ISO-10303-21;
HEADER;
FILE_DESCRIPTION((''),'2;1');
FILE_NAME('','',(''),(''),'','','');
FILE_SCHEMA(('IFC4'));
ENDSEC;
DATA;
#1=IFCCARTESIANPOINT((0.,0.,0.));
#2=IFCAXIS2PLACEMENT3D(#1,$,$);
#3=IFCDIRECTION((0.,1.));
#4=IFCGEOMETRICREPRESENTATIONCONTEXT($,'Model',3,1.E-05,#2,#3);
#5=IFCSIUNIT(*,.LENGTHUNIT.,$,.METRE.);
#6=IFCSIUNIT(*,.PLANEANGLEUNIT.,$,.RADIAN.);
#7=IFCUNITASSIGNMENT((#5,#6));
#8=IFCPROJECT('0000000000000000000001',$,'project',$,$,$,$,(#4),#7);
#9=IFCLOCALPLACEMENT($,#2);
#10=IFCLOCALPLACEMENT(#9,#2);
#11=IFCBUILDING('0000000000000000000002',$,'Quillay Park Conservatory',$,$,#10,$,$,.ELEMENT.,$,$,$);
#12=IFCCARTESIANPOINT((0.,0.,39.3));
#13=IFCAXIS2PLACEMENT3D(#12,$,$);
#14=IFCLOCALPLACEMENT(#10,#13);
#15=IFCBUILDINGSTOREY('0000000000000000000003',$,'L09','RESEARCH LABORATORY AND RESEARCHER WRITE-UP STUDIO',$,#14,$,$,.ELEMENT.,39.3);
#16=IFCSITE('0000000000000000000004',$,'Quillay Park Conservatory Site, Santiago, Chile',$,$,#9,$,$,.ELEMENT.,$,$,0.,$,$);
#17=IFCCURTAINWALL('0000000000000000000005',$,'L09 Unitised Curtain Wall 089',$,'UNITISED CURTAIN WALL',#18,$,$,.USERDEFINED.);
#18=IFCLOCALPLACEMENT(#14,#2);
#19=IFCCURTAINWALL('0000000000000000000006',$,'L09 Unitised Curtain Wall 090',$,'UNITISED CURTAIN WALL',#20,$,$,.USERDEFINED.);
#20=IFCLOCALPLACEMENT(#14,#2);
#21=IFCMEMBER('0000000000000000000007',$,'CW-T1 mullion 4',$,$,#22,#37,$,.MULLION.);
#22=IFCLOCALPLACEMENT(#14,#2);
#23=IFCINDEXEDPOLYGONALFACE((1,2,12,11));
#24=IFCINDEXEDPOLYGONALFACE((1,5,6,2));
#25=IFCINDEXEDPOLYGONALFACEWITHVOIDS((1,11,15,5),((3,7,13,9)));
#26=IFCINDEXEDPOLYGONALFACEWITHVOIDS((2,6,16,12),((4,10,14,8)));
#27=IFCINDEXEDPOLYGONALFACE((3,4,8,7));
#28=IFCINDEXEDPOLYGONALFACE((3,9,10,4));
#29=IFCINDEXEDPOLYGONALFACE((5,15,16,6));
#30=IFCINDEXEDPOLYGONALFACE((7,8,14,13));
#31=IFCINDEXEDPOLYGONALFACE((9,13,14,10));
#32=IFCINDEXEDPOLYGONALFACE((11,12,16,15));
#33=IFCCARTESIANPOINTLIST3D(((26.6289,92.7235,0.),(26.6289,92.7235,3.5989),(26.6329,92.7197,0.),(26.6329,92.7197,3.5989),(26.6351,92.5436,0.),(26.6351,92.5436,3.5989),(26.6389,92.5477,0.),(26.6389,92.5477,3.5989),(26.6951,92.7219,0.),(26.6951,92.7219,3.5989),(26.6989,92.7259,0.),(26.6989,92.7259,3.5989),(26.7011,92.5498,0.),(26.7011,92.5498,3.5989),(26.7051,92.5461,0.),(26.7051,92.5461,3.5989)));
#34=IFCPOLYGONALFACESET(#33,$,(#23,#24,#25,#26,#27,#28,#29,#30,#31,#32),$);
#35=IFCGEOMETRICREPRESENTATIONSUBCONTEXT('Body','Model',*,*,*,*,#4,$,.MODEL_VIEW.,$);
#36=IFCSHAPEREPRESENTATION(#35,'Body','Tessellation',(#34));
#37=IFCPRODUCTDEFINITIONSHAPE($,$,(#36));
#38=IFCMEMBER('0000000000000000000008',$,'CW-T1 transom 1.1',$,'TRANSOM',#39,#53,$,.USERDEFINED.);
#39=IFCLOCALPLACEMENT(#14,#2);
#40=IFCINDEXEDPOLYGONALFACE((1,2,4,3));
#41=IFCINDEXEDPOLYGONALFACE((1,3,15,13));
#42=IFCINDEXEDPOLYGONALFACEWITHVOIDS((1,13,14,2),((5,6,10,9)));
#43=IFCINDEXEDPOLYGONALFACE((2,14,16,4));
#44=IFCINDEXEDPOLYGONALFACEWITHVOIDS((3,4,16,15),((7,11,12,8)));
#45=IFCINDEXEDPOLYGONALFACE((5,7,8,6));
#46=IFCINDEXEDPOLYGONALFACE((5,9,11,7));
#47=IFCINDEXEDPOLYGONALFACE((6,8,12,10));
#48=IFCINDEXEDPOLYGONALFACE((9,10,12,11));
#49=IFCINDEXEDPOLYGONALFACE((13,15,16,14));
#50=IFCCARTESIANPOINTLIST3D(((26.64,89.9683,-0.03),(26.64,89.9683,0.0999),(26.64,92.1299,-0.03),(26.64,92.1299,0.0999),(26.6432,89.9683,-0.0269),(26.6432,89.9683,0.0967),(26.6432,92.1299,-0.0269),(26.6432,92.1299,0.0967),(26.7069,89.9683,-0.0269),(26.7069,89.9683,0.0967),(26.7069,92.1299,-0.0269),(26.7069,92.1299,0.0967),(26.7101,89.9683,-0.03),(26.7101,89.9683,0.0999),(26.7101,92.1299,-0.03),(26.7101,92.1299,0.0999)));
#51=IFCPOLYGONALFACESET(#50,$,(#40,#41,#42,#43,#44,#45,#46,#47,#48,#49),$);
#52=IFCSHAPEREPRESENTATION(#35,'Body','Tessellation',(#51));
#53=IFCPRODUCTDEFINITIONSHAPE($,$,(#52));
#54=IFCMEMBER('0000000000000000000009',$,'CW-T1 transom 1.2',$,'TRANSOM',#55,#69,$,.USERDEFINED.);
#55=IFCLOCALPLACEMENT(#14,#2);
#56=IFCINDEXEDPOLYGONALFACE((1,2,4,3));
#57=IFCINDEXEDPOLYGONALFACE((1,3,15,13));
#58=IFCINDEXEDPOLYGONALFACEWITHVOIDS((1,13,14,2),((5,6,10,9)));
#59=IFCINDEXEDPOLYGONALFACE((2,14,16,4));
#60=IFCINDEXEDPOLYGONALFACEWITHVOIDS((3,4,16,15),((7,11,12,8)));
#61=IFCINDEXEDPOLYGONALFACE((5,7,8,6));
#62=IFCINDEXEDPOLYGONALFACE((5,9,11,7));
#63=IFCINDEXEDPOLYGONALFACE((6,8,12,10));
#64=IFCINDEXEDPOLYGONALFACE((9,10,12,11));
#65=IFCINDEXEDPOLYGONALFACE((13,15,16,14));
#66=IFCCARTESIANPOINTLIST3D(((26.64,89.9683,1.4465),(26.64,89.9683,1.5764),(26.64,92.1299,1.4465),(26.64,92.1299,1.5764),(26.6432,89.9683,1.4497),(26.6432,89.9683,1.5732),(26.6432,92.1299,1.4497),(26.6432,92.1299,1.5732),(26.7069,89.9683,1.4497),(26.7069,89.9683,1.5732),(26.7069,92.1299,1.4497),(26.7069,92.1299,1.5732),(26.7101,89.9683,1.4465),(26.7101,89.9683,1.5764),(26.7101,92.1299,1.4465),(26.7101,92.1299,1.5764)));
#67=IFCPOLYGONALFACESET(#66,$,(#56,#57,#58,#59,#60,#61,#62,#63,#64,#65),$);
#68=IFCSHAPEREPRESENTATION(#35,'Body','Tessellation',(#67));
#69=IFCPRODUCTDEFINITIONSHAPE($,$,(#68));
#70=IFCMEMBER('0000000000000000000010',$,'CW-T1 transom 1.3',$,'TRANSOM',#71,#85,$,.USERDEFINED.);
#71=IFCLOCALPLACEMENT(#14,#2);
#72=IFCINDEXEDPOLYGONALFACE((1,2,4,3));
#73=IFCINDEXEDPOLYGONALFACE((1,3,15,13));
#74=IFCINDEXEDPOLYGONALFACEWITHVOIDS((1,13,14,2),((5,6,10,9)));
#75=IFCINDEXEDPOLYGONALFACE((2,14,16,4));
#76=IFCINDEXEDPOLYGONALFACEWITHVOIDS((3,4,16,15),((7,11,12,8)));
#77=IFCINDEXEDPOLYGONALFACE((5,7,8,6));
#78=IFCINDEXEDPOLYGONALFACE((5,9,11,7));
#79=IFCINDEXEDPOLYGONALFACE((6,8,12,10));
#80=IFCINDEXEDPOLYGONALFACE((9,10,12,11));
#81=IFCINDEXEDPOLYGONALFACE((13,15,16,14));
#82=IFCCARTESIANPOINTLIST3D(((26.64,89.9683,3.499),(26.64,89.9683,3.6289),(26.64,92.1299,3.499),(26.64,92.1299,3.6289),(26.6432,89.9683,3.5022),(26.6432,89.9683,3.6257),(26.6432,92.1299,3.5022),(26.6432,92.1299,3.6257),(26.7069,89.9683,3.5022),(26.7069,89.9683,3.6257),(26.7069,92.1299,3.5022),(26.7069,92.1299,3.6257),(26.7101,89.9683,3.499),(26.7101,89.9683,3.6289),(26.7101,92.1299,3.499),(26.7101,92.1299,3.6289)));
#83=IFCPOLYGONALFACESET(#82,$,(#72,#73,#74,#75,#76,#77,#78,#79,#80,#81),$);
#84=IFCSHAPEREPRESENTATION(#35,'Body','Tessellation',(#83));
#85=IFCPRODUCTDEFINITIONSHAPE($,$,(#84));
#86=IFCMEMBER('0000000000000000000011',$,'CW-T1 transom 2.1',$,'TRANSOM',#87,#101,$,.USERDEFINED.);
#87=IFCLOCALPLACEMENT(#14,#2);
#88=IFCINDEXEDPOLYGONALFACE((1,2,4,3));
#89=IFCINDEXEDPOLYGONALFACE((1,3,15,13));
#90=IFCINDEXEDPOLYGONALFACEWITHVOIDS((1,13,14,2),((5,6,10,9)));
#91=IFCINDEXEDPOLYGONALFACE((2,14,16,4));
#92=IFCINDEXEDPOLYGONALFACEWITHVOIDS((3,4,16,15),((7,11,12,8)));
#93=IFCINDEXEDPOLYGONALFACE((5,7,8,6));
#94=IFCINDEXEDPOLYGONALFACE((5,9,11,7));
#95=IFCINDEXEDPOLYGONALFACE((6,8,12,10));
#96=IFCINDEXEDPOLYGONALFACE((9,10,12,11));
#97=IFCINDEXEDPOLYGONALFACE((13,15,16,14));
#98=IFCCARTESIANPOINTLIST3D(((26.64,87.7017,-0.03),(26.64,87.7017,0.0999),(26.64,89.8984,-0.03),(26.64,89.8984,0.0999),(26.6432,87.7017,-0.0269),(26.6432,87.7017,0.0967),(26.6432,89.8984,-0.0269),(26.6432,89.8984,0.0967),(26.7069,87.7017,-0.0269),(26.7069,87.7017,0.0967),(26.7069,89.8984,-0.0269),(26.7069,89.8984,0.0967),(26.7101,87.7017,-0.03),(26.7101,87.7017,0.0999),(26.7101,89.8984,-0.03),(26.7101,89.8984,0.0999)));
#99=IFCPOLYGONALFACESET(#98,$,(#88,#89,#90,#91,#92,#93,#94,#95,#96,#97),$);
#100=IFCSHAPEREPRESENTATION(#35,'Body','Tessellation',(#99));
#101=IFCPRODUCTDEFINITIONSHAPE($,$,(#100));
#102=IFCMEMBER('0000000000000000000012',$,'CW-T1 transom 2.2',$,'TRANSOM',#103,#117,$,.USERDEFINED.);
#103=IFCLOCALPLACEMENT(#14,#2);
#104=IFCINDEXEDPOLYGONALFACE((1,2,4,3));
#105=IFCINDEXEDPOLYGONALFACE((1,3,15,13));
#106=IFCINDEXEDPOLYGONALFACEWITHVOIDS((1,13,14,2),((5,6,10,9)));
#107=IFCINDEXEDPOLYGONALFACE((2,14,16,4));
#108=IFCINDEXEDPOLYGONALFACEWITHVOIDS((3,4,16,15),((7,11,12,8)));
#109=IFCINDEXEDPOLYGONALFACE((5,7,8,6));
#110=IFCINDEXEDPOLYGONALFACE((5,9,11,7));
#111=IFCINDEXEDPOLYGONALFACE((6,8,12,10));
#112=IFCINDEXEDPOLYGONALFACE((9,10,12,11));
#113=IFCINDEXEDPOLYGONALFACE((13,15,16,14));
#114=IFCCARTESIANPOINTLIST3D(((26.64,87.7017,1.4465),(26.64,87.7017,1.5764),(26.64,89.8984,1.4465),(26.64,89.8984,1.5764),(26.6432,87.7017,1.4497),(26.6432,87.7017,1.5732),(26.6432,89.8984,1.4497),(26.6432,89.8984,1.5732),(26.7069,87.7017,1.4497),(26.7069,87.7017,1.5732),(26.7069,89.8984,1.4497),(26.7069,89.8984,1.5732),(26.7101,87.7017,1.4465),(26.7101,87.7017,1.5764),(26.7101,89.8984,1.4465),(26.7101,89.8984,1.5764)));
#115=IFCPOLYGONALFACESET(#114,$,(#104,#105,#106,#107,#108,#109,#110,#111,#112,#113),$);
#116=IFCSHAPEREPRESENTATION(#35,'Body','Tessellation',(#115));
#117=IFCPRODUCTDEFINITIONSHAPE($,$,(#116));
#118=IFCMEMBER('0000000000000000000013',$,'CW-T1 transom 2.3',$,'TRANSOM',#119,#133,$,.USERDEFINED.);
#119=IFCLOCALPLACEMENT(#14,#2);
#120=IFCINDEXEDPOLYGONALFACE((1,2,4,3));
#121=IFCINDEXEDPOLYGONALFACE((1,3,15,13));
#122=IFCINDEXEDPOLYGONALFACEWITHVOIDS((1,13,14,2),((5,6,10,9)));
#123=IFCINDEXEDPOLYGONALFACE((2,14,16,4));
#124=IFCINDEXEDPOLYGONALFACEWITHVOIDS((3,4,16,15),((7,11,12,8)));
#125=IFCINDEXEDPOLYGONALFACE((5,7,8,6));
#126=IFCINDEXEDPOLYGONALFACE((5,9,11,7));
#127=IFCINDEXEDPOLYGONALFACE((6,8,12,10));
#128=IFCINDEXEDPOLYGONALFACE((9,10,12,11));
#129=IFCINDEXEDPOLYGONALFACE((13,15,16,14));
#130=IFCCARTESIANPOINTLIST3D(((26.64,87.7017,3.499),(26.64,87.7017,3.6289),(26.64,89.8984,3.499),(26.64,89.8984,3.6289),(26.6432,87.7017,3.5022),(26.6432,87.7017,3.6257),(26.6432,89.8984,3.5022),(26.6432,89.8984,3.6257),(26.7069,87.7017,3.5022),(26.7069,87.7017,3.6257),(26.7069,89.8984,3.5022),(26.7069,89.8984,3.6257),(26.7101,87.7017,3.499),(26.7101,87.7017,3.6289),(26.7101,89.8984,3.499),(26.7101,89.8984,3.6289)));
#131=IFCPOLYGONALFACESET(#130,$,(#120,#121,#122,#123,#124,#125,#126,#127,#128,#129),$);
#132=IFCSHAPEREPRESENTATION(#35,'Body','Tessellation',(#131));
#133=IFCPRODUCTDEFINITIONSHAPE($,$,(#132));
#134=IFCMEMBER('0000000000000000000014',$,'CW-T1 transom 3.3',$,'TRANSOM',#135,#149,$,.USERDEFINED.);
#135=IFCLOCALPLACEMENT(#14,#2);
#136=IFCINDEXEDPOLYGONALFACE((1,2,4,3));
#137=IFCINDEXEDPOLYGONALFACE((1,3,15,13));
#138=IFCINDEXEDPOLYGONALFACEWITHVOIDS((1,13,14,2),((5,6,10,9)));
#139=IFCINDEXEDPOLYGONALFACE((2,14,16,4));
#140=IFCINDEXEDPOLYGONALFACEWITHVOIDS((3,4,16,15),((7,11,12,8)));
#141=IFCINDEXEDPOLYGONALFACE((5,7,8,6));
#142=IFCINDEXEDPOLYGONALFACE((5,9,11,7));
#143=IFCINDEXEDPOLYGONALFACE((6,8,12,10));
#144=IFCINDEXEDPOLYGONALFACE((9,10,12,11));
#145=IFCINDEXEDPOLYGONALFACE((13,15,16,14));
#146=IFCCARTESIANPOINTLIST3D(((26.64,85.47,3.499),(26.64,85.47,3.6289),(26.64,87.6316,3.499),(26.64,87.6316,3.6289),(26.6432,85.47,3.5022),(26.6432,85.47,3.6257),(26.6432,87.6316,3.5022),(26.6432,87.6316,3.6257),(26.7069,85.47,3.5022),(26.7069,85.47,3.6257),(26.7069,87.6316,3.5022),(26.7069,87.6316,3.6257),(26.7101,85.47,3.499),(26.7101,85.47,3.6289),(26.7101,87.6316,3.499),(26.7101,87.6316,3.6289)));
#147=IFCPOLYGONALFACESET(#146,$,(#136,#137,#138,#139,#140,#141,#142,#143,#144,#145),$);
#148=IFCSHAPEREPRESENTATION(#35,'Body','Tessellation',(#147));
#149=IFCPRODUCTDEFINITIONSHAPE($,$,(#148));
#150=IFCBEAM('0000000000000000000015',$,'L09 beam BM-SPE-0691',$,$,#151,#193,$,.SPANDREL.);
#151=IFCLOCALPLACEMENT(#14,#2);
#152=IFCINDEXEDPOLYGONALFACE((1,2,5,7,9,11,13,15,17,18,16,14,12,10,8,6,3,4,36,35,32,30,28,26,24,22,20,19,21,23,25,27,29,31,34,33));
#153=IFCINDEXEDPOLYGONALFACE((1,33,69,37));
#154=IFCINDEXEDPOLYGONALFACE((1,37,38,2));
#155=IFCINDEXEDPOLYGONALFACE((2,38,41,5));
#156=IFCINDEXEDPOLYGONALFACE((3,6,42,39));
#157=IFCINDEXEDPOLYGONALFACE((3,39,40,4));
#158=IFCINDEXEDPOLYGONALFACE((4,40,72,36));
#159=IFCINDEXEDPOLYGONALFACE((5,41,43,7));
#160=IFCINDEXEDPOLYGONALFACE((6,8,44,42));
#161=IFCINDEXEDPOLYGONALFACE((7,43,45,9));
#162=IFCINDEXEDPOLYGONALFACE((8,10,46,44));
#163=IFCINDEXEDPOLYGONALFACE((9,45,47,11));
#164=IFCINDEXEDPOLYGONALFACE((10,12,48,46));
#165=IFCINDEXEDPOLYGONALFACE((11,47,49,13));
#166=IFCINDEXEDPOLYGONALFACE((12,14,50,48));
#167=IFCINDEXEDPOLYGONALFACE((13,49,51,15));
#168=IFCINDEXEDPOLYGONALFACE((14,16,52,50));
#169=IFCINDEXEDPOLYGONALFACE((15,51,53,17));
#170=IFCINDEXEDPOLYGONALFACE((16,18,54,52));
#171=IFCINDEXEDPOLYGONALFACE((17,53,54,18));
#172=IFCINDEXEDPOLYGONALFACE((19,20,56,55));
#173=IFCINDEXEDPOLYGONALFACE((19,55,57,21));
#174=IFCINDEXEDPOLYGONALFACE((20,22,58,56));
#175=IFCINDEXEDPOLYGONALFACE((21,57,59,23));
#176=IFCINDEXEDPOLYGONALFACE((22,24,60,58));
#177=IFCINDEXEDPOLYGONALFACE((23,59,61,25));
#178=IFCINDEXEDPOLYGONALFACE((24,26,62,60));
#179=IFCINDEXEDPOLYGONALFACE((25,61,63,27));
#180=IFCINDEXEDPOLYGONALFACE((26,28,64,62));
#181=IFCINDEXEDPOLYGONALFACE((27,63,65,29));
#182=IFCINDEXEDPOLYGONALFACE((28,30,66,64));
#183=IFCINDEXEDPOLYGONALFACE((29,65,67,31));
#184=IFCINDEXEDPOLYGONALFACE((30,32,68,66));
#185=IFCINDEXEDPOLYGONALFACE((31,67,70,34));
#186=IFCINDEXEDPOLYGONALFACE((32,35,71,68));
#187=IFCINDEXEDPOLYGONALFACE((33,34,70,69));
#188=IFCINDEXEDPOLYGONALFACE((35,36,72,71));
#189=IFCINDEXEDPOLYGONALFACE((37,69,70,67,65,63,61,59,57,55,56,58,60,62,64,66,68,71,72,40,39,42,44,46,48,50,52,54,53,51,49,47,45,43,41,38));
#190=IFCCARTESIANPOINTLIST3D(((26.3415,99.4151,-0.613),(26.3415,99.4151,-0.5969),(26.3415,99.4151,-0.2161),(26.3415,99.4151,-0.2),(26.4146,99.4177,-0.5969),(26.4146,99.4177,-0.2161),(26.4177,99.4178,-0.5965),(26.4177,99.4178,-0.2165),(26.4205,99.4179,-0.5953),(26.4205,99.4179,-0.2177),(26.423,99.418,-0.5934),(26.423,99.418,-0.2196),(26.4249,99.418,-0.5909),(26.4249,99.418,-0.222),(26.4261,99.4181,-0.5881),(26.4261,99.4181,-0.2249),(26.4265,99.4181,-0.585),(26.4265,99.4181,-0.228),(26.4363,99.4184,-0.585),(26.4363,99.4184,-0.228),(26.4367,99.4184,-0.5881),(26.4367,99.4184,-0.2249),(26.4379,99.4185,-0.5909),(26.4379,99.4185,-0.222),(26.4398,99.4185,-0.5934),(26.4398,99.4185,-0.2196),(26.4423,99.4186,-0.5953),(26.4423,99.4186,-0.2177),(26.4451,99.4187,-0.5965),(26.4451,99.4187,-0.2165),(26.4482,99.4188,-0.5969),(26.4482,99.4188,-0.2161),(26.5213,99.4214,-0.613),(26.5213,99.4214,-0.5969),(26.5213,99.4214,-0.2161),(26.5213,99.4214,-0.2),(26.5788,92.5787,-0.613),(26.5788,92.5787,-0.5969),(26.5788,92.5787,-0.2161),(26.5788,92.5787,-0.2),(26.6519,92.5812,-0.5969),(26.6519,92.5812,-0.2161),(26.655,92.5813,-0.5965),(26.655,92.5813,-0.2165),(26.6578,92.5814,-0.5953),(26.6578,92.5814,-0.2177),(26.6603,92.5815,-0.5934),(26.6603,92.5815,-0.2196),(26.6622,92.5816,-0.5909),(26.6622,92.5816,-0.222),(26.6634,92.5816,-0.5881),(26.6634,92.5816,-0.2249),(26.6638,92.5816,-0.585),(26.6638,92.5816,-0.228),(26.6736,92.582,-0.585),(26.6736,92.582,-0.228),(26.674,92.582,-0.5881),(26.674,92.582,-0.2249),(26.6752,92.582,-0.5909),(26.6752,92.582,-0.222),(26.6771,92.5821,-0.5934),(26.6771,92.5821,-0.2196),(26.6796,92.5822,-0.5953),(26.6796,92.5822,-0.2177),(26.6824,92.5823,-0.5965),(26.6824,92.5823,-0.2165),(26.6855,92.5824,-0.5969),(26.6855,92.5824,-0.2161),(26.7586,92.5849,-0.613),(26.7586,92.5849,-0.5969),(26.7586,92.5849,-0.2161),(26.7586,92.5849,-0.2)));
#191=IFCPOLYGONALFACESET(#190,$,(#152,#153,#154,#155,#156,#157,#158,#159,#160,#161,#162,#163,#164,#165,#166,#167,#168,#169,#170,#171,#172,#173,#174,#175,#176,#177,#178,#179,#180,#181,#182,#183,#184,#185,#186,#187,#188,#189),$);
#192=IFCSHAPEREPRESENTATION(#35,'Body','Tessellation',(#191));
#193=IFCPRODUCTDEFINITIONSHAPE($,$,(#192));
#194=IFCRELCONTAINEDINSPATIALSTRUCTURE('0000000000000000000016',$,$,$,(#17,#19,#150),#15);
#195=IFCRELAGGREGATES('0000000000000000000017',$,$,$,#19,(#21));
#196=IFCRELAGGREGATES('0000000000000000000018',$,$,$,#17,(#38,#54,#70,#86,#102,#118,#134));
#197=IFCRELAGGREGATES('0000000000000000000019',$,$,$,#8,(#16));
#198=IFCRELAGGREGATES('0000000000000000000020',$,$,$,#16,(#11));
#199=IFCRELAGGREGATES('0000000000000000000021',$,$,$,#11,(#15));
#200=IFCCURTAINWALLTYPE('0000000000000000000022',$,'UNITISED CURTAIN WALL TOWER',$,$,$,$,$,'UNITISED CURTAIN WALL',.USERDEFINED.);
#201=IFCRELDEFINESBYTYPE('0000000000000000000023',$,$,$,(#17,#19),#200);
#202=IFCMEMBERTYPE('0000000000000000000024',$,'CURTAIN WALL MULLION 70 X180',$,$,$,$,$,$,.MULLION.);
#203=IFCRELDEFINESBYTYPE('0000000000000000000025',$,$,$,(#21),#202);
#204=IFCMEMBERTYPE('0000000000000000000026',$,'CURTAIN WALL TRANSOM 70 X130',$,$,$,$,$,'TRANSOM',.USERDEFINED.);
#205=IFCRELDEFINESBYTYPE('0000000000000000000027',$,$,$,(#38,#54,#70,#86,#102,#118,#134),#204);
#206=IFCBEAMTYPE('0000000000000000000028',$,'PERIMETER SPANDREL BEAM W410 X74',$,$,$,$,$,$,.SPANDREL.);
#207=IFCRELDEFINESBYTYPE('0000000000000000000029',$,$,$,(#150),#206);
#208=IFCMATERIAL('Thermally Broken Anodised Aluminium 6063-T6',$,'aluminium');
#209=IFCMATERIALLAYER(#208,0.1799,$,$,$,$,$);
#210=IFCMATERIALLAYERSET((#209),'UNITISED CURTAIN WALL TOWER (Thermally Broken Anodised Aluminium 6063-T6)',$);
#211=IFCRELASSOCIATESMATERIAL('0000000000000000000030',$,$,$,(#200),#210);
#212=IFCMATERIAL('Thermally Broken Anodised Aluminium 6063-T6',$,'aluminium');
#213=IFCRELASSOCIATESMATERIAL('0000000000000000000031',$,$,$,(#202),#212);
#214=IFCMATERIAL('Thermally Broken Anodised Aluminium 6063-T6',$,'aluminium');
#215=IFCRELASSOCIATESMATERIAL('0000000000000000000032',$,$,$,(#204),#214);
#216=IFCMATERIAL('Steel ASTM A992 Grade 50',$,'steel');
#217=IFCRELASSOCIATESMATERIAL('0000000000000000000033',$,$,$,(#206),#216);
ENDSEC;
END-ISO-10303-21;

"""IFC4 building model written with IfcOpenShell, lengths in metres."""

from ifc_helpers import new_model, si_unit, direction, frame, origin, origin_2d, place, context, subcontext, project, spatial, hollow_rectangle, i_section, extrude, material, layer, layer_set, material_profile, profile_set, type_object, element, aggregate, save


model = new_model("IFC4")

# Units and contexts
model_context = context("Model", 3, precision=1e-05, world=origin(), true_north=direction((0.0, 1.0)))
body_context = subcontext(model_context, "Body", "Model", "MODEL_VIEW")
ifc_project = project(units=[si_unit("LENGTHUNIT", "METRE"), si_unit("PLANEANGLEUNIT", "RADIAN")], contexts=[model_context])

# Site, building, storey
site_placement = place(None, origin())
site = spatial("IfcSite", under=ifc_project, at=site_placement, Name="Quillay Park Conservatory Site, Santiago, Chile", CompositionType="ELEMENT", RefElevation=0.0)
building_placement = place(site_placement, origin())
building = spatial("IfcBuilding", under=site, at=building_placement, Name="Quillay Park Conservatory", CompositionType="ELEMENT")
storey_placement = place(building_placement, frame((0.0, 0.0, 39.3)))
storey = spatial("IfcBuildingStorey", under=building, at=storey_placement, Name="L09", Description="RESEARCH LABORATORY AND RESEARCHER WRITE-UP STUDIO", CompositionType="ELEMENT", Elevation=39.3)

# Curtain wall
ifc_material_1 = material(Name="Thermally Broken Anodised Aluminium 6063-T6", Category="aluminium")
ifc_layer_1 = layer(ifc_material_1, 0.1799)
ifc_layer_set_1 = layer_set([ifc_layer_1], Name="UNITISED CURTAIN WALL TOWER (Thermally Broken Anodised Aluminium 6063-T6)")
curtain_wall_type = type_object("IfcCurtainWallType", Name="UNITISED CURTAIN WALL TOWER", ElementType="UNITISED CURTAIN WALL", PredefinedType="USERDEFINED", material=ifc_layer_set_1)
curtain_wall_1_placement = place(storey_placement, origin())
curtain_wall_1 = element("IfcCurtainWall", 1, at=curtain_wall_1_placement, inside=storey, type_object=curtain_wall_type, Name="L09 Unitised Curtain Wall 089", ObjectType="UNITISED CURTAIN WALL", PredefinedType="USERDEFINED")
ifc_material_2 = material(Name="Thermally Broken Anodised Aluminium 6063-T6", Category="aluminium")
ifc_material_profile_1 = material_profile(ifc_material_2, hollow_rectangle(XDim=0.0701, YDim=0.1799, WallThickness=0.0039, at=origin_2d()), Name="AL70x180x4")
ifc_profile_set_1 = profile_set([ifc_material_profile_1], Name="Thermally Broken Anodised Aluminium 6063-T6")
member_type_1 = type_object("IfcMemberType", Name="CURTAIN WALL MULLION 70 X180", PredefinedType="MULLION", material=ifc_profile_set_1)

# Curtain wall, member
curtain_wall_2_placement = place(storey_placement, origin())
curtain_wall_2 = element("IfcCurtainWall", 2, at=curtain_wall_2_placement, inside=storey, type_object=curtain_wall_type, Name="L09 Unitised Curtain Wall 090", ObjectType="UNITISED CURTAIN WALL", PredefinedType="USERDEFINED")
member_1_placement = place(storey_placement, frame((26.667, 92.6348, 0.0), z_axis=(0.0, 0.0, 1.0), x_axis=(0.999397, 0.034713, 0.0)))
member_1 = element("IfcMember", 3, at=member_1_placement, type_object=member_type_1, Name="CW-T1 mullion 4", PredefinedType="MULLION", context=body_context, shape_type="SweptSolid", body=[
    extrude(hollow_rectangle(XDim=0.0701, YDim=0.1799, WallThickness=0.0039, at=origin_2d()), origin(), (0.0, 0.0, 1.0), 3.5989),
])
aggregate(curtain_wall_2, [member_1])

# Members
ifc_material_3 = material(Name="Thermally Broken Anodised Aluminium 6063-T6", Category="aluminium")
ifc_material_profile_2 = material_profile(ifc_material_3, hollow_rectangle(XDim=0.0701, YDim=0.1299, WallThickness=0.0032, at=origin_2d()), Name="AL70x130x3.2")
ifc_profile_set_2 = profile_set([ifc_material_profile_2], Name="Thermally Broken Anodised Aluminium 6063-T6")
member_type_2 = type_object("IfcMemberType", Name="CURTAIN WALL TRANSOM 70 X130", ElementType="TRANSOM", PredefinedType="USERDEFINED", material=ifc_profile_set_2)
member_2_placement = place(storey_placement, frame((26.675, 92.1299, 0.0349), z_axis=(0.0, -1.0, 0.0), x_axis=(1.0, 0.0, 0.0)))
member_2 = element("IfcMember", 4, at=member_2_placement, type_object=member_type_2, Name="CW-T1 transom 1.1", ObjectType="TRANSOM", PredefinedType="USERDEFINED", context=body_context, shape_type="SweptSolid", body=[
    extrude(hollow_rectangle(XDim=0.0701, YDim=0.1299, WallThickness=0.0032, at=origin_2d()), origin(), (0.0, 0.0, 1.0), 2.1616),
])
member_3_placement = place(storey_placement, frame((26.675, 92.1299, 1.5115), z_axis=(0.0, -1.0, 0.0), x_axis=(1.0, 0.0, 0.0)))
member_3 = element("IfcMember", 5, at=member_3_placement, type_object=member_type_2, Name="CW-T1 transom 1.2", ObjectType="TRANSOM", PredefinedType="USERDEFINED", context=body_context, shape_type="SweptSolid", body=[
    extrude(hollow_rectangle(XDim=0.0701, YDim=0.1299, WallThickness=0.0032, at=origin_2d()), origin(), (0.0, 0.0, 1.0), 2.1616),
])
member_4_placement = place(storey_placement, frame((26.675, 92.1299, 3.564), z_axis=(0.0, -1.0, 0.0), x_axis=(1.0, 0.0, 0.0)))
member_4 = element("IfcMember", 6, at=member_4_placement, type_object=member_type_2, Name="CW-T1 transom 1.3", ObjectType="TRANSOM", PredefinedType="USERDEFINED", context=body_context, shape_type="SweptSolid", body=[
    extrude(hollow_rectangle(XDim=0.0701, YDim=0.1299, WallThickness=0.0032, at=origin_2d()), origin(), (0.0, 0.0, 1.0), 2.1616),
])
member_5_placement = place(storey_placement, frame((26.675, 89.8984, 0.0349), z_axis=(0.0, -1.0, 0.0), x_axis=(1.0, 0.0, 0.0)))
member_5 = element("IfcMember", 7, at=member_5_placement, type_object=member_type_2, Name="CW-T1 transom 2.1", ObjectType="TRANSOM", PredefinedType="USERDEFINED", context=body_context, shape_type="SweptSolid", body=[
    extrude(hollow_rectangle(XDim=0.0701, YDim=0.1299, WallThickness=0.0032, at=origin_2d()), origin(), (0.0, 0.0, 1.0), 2.1968),
])
member_6_placement = place(storey_placement, frame((26.675, 89.8984, 1.5115), z_axis=(0.0, -1.0, 0.0), x_axis=(1.0, 0.0, 0.0)))
member_6 = element("IfcMember", 8, at=member_6_placement, type_object=member_type_2, Name="CW-T1 transom 2.2", ObjectType="TRANSOM", PredefinedType="USERDEFINED", context=body_context, shape_type="SweptSolid", body=[
    extrude(hollow_rectangle(XDim=0.0701, YDim=0.1299, WallThickness=0.0032, at=origin_2d()), origin(), (0.0, 0.0, 1.0), 2.1968),
])
member_7_placement = place(storey_placement, frame((26.675, 89.8984, 3.564), z_axis=(0.0, -1.0, 0.0), x_axis=(1.0, 0.0, 0.0)))
member_7 = element("IfcMember", 9, at=member_7_placement, type_object=member_type_2, Name="CW-T1 transom 2.3", ObjectType="TRANSOM", PredefinedType="USERDEFINED", context=body_context, shape_type="SweptSolid", body=[
    extrude(hollow_rectangle(XDim=0.0701, YDim=0.1299, WallThickness=0.0032, at=origin_2d()), origin(), (0.0, 0.0, 1.0), 2.1968),
])
member_8_placement = place(storey_placement, frame((26.675, 87.6316, 3.564), z_axis=(0.0, -1.0, 0.0), x_axis=(1.0, 0.0, 0.0)))
member_8 = element("IfcMember", 10, at=member_8_placement, type_object=member_type_2, Name="CW-T1 transom 3.3", ObjectType="TRANSOM", PredefinedType="USERDEFINED", context=body_context, shape_type="SweptSolid", body=[
    extrude(hollow_rectangle(XDim=0.0701, YDim=0.1299, WallThickness=0.0032, at=origin_2d()), origin(), (0.0, 0.0, 1.0), 2.1616),
])

# Beam
ifc_material_4 = material(Name="Steel ASTM A992 Grade 50", Category="steel")
ifc_material_profile_3 = material_profile(ifc_material_4, i_section(OverallWidth=0.1799, OverallDepth=0.4131, WebThickness=0.0098, FlangeThickness=0.0161, FilletRadius=0.012, at=origin_2d()), Name="W410x74")
ifc_profile_set_3 = profile_set([ifc_material_profile_3], Name="Steel ASTM A992 Grade 50")
beam_type_1 = type_object("IfcBeamType", Name="PERIMETER SPANDREL BEAM W410 X74", PredefinedType="SPANDREL", material=ifc_profile_set_3)
beam_1_placement = place(storey_placement, frame((26.6687, 92.5818, -0.4065), z_axis=(-0.034691, 0.999398, 0.0), x_axis=(-0.999398, -0.034691, 0.0)))
element("IfcBeam", 11, at=beam_1_placement, inside=storey, type_object=beam_type_1, Name="L09 beam BM-SPE-0691", PredefinedType="SPANDREL", context=body_context, shape_type="SweptSolid", body=[
    extrude(i_section(OverallWidth=0.1799, OverallDepth=0.4131, WebThickness=0.0098, FlangeThickness=0.0161, FilletRadius=0.012, at=origin_2d()), origin(), (0.0, 0.0, 1.0), 6.8406),
])

aggregate(curtain_wall_1, [member_2, member_3, member_4, member_5, member_6, member_7, member_8])

save(model, "model.ifc")
